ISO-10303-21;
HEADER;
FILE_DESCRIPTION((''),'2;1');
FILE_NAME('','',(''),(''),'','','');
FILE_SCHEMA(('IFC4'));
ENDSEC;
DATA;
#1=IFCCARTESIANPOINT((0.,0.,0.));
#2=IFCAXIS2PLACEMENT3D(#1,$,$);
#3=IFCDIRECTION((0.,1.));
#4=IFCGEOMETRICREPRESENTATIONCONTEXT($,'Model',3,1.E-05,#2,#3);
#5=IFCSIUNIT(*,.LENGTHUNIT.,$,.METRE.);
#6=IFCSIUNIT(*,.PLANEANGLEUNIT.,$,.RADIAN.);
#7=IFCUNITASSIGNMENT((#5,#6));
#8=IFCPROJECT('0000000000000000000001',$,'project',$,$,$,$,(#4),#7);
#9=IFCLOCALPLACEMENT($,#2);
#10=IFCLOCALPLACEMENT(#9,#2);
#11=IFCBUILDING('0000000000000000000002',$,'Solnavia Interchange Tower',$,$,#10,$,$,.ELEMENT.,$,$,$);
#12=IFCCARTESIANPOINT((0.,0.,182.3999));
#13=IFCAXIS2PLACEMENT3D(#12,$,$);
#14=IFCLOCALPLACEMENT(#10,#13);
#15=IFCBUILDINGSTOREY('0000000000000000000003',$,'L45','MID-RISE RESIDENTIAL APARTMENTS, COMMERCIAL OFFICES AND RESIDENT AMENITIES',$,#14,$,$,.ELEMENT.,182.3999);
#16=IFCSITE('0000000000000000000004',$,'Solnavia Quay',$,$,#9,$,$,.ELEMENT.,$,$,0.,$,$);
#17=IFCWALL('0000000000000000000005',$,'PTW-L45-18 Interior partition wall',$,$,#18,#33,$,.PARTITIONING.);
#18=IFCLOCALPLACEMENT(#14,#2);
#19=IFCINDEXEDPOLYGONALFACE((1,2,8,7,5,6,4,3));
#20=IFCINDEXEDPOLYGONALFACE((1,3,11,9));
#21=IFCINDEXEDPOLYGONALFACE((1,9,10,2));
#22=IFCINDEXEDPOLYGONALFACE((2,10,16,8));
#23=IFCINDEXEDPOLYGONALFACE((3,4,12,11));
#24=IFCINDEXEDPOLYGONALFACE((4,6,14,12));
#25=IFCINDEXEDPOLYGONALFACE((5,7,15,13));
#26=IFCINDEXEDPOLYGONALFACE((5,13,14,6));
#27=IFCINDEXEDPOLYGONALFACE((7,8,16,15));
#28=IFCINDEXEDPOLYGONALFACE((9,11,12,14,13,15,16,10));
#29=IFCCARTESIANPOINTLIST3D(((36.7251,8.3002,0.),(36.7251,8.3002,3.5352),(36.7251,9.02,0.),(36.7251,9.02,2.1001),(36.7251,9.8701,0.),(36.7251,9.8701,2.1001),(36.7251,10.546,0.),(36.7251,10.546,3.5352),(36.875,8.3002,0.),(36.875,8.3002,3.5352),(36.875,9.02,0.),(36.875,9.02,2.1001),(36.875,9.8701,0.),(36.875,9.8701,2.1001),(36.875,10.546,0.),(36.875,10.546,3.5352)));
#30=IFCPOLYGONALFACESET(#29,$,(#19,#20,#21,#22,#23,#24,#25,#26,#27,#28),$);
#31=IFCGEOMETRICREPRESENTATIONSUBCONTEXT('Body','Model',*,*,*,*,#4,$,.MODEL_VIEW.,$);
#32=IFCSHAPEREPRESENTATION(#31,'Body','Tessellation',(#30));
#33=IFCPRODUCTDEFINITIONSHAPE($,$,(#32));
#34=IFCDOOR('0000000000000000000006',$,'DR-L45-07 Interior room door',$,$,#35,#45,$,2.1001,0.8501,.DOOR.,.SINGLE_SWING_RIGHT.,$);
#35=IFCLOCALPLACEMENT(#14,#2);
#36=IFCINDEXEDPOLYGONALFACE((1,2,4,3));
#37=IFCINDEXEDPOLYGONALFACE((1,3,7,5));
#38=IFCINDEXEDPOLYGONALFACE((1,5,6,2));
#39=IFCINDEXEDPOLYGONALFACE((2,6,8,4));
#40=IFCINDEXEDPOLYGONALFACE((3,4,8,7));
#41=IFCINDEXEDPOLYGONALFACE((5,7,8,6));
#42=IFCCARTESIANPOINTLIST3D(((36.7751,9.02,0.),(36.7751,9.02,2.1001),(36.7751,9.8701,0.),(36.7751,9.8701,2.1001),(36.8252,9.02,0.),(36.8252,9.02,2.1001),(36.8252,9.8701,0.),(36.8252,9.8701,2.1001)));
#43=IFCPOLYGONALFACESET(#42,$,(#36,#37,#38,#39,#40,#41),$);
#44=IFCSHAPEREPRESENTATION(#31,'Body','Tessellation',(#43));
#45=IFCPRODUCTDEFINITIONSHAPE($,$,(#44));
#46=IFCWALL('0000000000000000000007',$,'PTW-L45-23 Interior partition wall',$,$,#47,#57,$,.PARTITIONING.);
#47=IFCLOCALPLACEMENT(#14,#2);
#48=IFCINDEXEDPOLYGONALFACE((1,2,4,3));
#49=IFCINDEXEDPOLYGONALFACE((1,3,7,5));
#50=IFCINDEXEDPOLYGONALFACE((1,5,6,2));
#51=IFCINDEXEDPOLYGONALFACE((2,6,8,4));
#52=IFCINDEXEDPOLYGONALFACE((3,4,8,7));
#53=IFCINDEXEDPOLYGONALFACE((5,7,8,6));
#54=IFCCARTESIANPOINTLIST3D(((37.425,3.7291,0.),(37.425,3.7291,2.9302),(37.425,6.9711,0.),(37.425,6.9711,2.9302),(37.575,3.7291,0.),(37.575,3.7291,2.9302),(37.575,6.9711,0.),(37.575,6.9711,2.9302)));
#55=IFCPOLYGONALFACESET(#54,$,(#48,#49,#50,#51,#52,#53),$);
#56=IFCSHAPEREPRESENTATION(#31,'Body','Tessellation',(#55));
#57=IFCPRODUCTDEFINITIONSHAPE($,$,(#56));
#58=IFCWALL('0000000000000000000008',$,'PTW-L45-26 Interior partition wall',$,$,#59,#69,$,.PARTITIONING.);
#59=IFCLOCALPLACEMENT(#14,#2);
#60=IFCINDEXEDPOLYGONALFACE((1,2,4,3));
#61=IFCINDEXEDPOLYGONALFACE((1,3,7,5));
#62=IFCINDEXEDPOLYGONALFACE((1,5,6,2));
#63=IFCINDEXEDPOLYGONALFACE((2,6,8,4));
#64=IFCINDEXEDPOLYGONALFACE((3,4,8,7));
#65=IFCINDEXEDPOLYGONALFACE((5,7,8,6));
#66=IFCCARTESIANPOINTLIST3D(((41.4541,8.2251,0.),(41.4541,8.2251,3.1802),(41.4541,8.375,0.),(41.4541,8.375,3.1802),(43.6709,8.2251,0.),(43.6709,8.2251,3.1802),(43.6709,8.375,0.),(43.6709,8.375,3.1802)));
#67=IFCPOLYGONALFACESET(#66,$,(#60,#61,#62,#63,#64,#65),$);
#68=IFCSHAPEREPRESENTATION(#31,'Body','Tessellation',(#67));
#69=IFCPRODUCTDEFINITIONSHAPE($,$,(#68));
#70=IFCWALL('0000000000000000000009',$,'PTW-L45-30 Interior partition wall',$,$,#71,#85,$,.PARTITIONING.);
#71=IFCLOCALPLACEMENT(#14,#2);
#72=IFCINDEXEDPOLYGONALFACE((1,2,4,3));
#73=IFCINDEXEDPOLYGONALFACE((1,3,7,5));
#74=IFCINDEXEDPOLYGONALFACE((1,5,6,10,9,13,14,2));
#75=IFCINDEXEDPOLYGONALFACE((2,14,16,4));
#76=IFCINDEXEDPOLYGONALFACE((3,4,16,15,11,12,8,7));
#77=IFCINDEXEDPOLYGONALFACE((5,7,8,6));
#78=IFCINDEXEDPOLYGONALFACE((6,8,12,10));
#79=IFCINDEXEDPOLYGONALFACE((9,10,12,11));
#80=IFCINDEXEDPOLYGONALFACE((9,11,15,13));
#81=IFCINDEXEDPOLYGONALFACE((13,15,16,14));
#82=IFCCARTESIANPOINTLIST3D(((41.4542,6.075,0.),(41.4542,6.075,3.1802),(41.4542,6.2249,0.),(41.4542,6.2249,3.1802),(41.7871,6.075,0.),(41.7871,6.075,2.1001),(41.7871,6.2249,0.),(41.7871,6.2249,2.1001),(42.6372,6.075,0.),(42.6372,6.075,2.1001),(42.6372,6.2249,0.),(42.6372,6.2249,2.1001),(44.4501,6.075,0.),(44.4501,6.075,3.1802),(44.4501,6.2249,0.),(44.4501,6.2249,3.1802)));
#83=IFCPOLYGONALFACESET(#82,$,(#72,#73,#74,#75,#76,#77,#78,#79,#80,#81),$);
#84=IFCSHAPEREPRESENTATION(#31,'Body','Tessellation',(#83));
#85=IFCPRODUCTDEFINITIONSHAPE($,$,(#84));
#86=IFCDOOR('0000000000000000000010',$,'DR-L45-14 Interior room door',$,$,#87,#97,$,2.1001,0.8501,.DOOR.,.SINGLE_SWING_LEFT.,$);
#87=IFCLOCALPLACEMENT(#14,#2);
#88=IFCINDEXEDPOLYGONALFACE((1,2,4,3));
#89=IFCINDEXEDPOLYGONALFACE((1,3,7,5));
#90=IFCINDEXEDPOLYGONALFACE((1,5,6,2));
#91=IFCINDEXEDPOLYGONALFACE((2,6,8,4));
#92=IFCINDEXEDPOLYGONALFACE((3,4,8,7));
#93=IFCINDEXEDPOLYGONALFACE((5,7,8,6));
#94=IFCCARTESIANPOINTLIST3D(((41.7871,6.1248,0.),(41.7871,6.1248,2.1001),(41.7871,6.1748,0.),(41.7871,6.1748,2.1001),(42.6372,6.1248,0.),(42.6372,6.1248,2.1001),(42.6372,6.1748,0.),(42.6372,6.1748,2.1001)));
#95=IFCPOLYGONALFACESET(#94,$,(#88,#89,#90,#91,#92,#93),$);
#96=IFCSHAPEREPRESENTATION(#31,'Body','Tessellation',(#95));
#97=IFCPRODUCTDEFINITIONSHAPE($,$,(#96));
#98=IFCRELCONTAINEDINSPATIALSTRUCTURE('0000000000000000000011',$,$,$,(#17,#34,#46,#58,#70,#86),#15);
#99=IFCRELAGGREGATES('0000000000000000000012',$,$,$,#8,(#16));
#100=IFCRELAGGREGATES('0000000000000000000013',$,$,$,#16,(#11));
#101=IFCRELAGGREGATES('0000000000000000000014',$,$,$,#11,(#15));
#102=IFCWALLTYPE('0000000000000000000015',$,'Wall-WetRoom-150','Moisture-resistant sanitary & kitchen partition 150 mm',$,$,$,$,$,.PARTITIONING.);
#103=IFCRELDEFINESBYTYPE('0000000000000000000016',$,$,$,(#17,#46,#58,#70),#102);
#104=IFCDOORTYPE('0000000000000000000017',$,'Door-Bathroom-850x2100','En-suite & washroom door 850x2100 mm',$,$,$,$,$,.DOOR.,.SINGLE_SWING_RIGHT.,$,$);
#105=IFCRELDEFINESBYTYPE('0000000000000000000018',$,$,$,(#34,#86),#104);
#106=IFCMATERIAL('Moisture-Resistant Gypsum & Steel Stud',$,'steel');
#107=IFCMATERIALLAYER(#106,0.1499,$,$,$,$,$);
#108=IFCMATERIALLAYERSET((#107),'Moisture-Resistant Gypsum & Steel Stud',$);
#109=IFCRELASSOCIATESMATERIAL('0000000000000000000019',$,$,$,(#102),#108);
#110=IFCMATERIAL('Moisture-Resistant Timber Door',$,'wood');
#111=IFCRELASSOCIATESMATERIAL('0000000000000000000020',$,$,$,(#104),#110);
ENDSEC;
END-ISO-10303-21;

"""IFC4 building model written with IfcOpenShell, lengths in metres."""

from ifc_helpers import new_model, si_unit, direction, frame, frame_2d, origin, place, context, subcontext, project, spatial, rectangle, extrude, material, layer, layer_set, type_object, element, fill, save


model = new_model("IFC4")

# Units and contexts
model_context = context("Model", 3, precision=1e-05, world=origin(), true_north=direction((0.0, 1.0)))
body_context = subcontext(model_context, "Body", "Model", "MODEL_VIEW")
ifc_project = project(units=[si_unit("LENGTHUNIT", "METRE"), si_unit("PLANEANGLEUNIT", "RADIAN")], contexts=[model_context])

# Site, building, storey
site_placement = place(None, origin())
site = spatial("IfcSite", under=ifc_project, at=site_placement, Name="Solnavia Quay", CompositionType="ELEMENT", RefElevation=0.0)
building_placement = place(site_placement, origin())
building = spatial("IfcBuilding", under=site, at=building_placement, Name="Solnavia Interchange Tower", CompositionType="ELEMENT")
storey_placement = place(building_placement, frame((0.0, 0.0, 182.3999)))
storey = spatial("IfcBuildingStorey", under=building, at=storey_placement, Name="L45", Description="MID-RISE RESIDENTIAL APARTMENTS, COMMERCIAL OFFICES AND RESIDENT AMENITIES", CompositionType="ELEMENT", Elevation=182.3999)

# Shared definitions
ifc_material_1 = material(Name="Moisture-Resistant Gypsum & Steel Stud", Category="steel")
ifc_layer_1 = layer(ifc_material_1, 0.1499)
ifc_layer_set_1 = layer_set([ifc_layer_1], Name="Moisture-Resistant Gypsum & Steel Stud")
wall_type_1 = type_object("IfcWallType", Name="Wall-WetRoom-150", Description="Moisture-resistant sanitary & kitchen partition 150 mm", PredefinedType="PARTITIONING", material=ifc_layer_set_1)

# Shared definitions
ifc_material_2 = material(Name="Moisture-Resistant Timber Door", Category="wood")
door_type_1 = type_object("IfcDoorType", Name="Door-Bathroom-850x2100", Description="En-suite & washroom door 850x2100 mm", OperationType="SINGLE_SWING_RIGHT", PredefinedType="DOOR", material=ifc_material_2)

# Wall, opening, door
wall_1_placement = place(storey_placement, frame((36.8, 8.3, 0.0), z_axis=(0.0, 0.0, 1.0), x_axis=(0.0, 1.0, 0.0)))
wall_1 = element("IfcWall", 1, at=wall_1_placement, inside=storey, type_object=wall_type_1, Name="PTW-L45-18 Interior partition wall", PredefinedType="PARTITIONING", context=body_context, shape_type="SweptSolid", body=[
    extrude(rectangle(XDim=2.2458, YDim=0.1499, at=frame_2d((1.123, 0.0))), origin(), (0.0, 0.0, 1.0), 3.5352),
])
opening_1_placement = place(wall_1_placement, frame((0.72, 0.0, 0.0)))
opening_1 = element("IfcOpeningElement", 2, at=opening_1_placement, cuts=wall_1, PredefinedType="OPENING", context=body_context, shape_type="SweptSolid", body=[
    extrude(rectangle(XDim=0.8501, YDim=2.1001, at=frame_2d((0.425, 1.05))), frame((0.0, 0.085, 0.0), z_axis=(0.0, -1.0, 0.0), x_axis=(1.0, 0.0, 0.0)), (0.0, 0.0, 1.0), 0.1699),
])
door_1_placement = place(opening_1_placement, origin())
door_1 = element("IfcDoor", 3, at=door_1_placement, inside=storey, type_object=door_type_1, Name="DR-L45-07 Interior room door", OperationType="SINGLE_SWING_RIGHT", OverallHeight=2.1001, OverallWidth=0.8501, PredefinedType="DOOR", context=body_context, shape_type="SweptSolid", body=[
    extrude(rectangle(XDim=0.8501, YDim=2.1001, at=frame_2d((0.425, 1.05))), frame((0.0, 0.0249, 0.0), z_axis=(0.0, -1.0, 0.0), x_axis=(1.0, 0.0, 0.0)), (0.0, 0.0, 1.0), 0.05),
])
fill(opening_1, door_1)

# Walls
wall_2_placement = place(storey_placement, frame((37.5, 3.729, 0.0), z_axis=(0.0, 0.0, 1.0), x_axis=(0.0, 1.0, 0.0)))
element("IfcWall", 4, at=wall_2_placement, inside=storey, type_object=wall_type_1, Name="PTW-L45-23 Interior partition wall", PredefinedType="PARTITIONING", context=body_context, shape_type="SweptSolid", body=[
    extrude(rectangle(XDim=3.2419, YDim=0.1499, at=frame_2d((1.6211, 0.0))), origin(), (0.0, 0.0, 1.0), 2.9302),
])
wall_3_placement = place(storey_placement, frame((41.4541, 8.3, 0.0), z_axis=(0.0, 0.0, 1.0), x_axis=(1.0, 0.0, 0.0)))
element("IfcWall", 5, at=wall_3_placement, inside=storey, type_object=wall_type_1, Name="PTW-L45-26 Interior partition wall", PredefinedType="PARTITIONING", context=body_context, shape_type="SweptSolid", body=[
    extrude(rectangle(XDim=2.2168, YDim=0.1499, at=frame_2d((1.1084, 0.0))), origin(), (0.0, 0.0, 1.0), 3.1802),
])

# Wall, opening, door
wall_4_placement = place(storey_placement, frame((41.4541, 6.1499, 0.0), z_axis=(0.0, 0.0, 1.0), x_axis=(1.0, 0.0, 0.0)))
wall_4 = element("IfcWall", 6, at=wall_4_placement, inside=storey, type_object=wall_type_1, Name="PTW-L45-30 Interior partition wall", PredefinedType="PARTITIONING", context=body_context, shape_type="SweptSolid", body=[
    extrude(rectangle(XDim=2.9958, YDim=0.1499, at=frame_2d((1.498, 0.0))), origin(), (0.0, 0.0, 1.0), 3.1802),
])
opening_2_placement = place(wall_4_placement, frame((0.333, 0.0, 0.0)))
opening_2 = element("IfcOpeningElement", 7, at=opening_2_placement, cuts=wall_4, PredefinedType="OPENING", context=body_context, shape_type="SweptSolid", body=[
    extrude(rectangle(XDim=0.8501, YDim=2.1001, at=frame_2d((0.425, 1.05))), frame((0.0, 0.085, 0.0), z_axis=(0.0, -1.0, 0.0), x_axis=(1.0, 0.0, 0.0)), (0.0, 0.0, 1.0), 0.1699),
])
door_2_placement = place(opening_2_placement, origin())
door_2 = element("IfcDoor", 8, at=door_2_placement, inside=storey, type_object=door_type_1, Name="DR-L45-14 Interior room door", OperationType="SINGLE_SWING_LEFT", OverallHeight=2.1001, OverallWidth=0.8501, PredefinedType="DOOR", context=body_context, shape_type="SweptSolid", body=[
    extrude(rectangle(XDim=0.8501, YDim=2.1001, at=frame_2d((0.425, 1.05))), frame((0.0, 0.0249, 0.0), z_axis=(0.0, -1.0, 0.0), x_axis=(1.0, 0.0, 0.0)), (0.0, 0.0, 1.0), 0.05),
])
fill(opening_2, door_2)

save(model, "model.ifc")
